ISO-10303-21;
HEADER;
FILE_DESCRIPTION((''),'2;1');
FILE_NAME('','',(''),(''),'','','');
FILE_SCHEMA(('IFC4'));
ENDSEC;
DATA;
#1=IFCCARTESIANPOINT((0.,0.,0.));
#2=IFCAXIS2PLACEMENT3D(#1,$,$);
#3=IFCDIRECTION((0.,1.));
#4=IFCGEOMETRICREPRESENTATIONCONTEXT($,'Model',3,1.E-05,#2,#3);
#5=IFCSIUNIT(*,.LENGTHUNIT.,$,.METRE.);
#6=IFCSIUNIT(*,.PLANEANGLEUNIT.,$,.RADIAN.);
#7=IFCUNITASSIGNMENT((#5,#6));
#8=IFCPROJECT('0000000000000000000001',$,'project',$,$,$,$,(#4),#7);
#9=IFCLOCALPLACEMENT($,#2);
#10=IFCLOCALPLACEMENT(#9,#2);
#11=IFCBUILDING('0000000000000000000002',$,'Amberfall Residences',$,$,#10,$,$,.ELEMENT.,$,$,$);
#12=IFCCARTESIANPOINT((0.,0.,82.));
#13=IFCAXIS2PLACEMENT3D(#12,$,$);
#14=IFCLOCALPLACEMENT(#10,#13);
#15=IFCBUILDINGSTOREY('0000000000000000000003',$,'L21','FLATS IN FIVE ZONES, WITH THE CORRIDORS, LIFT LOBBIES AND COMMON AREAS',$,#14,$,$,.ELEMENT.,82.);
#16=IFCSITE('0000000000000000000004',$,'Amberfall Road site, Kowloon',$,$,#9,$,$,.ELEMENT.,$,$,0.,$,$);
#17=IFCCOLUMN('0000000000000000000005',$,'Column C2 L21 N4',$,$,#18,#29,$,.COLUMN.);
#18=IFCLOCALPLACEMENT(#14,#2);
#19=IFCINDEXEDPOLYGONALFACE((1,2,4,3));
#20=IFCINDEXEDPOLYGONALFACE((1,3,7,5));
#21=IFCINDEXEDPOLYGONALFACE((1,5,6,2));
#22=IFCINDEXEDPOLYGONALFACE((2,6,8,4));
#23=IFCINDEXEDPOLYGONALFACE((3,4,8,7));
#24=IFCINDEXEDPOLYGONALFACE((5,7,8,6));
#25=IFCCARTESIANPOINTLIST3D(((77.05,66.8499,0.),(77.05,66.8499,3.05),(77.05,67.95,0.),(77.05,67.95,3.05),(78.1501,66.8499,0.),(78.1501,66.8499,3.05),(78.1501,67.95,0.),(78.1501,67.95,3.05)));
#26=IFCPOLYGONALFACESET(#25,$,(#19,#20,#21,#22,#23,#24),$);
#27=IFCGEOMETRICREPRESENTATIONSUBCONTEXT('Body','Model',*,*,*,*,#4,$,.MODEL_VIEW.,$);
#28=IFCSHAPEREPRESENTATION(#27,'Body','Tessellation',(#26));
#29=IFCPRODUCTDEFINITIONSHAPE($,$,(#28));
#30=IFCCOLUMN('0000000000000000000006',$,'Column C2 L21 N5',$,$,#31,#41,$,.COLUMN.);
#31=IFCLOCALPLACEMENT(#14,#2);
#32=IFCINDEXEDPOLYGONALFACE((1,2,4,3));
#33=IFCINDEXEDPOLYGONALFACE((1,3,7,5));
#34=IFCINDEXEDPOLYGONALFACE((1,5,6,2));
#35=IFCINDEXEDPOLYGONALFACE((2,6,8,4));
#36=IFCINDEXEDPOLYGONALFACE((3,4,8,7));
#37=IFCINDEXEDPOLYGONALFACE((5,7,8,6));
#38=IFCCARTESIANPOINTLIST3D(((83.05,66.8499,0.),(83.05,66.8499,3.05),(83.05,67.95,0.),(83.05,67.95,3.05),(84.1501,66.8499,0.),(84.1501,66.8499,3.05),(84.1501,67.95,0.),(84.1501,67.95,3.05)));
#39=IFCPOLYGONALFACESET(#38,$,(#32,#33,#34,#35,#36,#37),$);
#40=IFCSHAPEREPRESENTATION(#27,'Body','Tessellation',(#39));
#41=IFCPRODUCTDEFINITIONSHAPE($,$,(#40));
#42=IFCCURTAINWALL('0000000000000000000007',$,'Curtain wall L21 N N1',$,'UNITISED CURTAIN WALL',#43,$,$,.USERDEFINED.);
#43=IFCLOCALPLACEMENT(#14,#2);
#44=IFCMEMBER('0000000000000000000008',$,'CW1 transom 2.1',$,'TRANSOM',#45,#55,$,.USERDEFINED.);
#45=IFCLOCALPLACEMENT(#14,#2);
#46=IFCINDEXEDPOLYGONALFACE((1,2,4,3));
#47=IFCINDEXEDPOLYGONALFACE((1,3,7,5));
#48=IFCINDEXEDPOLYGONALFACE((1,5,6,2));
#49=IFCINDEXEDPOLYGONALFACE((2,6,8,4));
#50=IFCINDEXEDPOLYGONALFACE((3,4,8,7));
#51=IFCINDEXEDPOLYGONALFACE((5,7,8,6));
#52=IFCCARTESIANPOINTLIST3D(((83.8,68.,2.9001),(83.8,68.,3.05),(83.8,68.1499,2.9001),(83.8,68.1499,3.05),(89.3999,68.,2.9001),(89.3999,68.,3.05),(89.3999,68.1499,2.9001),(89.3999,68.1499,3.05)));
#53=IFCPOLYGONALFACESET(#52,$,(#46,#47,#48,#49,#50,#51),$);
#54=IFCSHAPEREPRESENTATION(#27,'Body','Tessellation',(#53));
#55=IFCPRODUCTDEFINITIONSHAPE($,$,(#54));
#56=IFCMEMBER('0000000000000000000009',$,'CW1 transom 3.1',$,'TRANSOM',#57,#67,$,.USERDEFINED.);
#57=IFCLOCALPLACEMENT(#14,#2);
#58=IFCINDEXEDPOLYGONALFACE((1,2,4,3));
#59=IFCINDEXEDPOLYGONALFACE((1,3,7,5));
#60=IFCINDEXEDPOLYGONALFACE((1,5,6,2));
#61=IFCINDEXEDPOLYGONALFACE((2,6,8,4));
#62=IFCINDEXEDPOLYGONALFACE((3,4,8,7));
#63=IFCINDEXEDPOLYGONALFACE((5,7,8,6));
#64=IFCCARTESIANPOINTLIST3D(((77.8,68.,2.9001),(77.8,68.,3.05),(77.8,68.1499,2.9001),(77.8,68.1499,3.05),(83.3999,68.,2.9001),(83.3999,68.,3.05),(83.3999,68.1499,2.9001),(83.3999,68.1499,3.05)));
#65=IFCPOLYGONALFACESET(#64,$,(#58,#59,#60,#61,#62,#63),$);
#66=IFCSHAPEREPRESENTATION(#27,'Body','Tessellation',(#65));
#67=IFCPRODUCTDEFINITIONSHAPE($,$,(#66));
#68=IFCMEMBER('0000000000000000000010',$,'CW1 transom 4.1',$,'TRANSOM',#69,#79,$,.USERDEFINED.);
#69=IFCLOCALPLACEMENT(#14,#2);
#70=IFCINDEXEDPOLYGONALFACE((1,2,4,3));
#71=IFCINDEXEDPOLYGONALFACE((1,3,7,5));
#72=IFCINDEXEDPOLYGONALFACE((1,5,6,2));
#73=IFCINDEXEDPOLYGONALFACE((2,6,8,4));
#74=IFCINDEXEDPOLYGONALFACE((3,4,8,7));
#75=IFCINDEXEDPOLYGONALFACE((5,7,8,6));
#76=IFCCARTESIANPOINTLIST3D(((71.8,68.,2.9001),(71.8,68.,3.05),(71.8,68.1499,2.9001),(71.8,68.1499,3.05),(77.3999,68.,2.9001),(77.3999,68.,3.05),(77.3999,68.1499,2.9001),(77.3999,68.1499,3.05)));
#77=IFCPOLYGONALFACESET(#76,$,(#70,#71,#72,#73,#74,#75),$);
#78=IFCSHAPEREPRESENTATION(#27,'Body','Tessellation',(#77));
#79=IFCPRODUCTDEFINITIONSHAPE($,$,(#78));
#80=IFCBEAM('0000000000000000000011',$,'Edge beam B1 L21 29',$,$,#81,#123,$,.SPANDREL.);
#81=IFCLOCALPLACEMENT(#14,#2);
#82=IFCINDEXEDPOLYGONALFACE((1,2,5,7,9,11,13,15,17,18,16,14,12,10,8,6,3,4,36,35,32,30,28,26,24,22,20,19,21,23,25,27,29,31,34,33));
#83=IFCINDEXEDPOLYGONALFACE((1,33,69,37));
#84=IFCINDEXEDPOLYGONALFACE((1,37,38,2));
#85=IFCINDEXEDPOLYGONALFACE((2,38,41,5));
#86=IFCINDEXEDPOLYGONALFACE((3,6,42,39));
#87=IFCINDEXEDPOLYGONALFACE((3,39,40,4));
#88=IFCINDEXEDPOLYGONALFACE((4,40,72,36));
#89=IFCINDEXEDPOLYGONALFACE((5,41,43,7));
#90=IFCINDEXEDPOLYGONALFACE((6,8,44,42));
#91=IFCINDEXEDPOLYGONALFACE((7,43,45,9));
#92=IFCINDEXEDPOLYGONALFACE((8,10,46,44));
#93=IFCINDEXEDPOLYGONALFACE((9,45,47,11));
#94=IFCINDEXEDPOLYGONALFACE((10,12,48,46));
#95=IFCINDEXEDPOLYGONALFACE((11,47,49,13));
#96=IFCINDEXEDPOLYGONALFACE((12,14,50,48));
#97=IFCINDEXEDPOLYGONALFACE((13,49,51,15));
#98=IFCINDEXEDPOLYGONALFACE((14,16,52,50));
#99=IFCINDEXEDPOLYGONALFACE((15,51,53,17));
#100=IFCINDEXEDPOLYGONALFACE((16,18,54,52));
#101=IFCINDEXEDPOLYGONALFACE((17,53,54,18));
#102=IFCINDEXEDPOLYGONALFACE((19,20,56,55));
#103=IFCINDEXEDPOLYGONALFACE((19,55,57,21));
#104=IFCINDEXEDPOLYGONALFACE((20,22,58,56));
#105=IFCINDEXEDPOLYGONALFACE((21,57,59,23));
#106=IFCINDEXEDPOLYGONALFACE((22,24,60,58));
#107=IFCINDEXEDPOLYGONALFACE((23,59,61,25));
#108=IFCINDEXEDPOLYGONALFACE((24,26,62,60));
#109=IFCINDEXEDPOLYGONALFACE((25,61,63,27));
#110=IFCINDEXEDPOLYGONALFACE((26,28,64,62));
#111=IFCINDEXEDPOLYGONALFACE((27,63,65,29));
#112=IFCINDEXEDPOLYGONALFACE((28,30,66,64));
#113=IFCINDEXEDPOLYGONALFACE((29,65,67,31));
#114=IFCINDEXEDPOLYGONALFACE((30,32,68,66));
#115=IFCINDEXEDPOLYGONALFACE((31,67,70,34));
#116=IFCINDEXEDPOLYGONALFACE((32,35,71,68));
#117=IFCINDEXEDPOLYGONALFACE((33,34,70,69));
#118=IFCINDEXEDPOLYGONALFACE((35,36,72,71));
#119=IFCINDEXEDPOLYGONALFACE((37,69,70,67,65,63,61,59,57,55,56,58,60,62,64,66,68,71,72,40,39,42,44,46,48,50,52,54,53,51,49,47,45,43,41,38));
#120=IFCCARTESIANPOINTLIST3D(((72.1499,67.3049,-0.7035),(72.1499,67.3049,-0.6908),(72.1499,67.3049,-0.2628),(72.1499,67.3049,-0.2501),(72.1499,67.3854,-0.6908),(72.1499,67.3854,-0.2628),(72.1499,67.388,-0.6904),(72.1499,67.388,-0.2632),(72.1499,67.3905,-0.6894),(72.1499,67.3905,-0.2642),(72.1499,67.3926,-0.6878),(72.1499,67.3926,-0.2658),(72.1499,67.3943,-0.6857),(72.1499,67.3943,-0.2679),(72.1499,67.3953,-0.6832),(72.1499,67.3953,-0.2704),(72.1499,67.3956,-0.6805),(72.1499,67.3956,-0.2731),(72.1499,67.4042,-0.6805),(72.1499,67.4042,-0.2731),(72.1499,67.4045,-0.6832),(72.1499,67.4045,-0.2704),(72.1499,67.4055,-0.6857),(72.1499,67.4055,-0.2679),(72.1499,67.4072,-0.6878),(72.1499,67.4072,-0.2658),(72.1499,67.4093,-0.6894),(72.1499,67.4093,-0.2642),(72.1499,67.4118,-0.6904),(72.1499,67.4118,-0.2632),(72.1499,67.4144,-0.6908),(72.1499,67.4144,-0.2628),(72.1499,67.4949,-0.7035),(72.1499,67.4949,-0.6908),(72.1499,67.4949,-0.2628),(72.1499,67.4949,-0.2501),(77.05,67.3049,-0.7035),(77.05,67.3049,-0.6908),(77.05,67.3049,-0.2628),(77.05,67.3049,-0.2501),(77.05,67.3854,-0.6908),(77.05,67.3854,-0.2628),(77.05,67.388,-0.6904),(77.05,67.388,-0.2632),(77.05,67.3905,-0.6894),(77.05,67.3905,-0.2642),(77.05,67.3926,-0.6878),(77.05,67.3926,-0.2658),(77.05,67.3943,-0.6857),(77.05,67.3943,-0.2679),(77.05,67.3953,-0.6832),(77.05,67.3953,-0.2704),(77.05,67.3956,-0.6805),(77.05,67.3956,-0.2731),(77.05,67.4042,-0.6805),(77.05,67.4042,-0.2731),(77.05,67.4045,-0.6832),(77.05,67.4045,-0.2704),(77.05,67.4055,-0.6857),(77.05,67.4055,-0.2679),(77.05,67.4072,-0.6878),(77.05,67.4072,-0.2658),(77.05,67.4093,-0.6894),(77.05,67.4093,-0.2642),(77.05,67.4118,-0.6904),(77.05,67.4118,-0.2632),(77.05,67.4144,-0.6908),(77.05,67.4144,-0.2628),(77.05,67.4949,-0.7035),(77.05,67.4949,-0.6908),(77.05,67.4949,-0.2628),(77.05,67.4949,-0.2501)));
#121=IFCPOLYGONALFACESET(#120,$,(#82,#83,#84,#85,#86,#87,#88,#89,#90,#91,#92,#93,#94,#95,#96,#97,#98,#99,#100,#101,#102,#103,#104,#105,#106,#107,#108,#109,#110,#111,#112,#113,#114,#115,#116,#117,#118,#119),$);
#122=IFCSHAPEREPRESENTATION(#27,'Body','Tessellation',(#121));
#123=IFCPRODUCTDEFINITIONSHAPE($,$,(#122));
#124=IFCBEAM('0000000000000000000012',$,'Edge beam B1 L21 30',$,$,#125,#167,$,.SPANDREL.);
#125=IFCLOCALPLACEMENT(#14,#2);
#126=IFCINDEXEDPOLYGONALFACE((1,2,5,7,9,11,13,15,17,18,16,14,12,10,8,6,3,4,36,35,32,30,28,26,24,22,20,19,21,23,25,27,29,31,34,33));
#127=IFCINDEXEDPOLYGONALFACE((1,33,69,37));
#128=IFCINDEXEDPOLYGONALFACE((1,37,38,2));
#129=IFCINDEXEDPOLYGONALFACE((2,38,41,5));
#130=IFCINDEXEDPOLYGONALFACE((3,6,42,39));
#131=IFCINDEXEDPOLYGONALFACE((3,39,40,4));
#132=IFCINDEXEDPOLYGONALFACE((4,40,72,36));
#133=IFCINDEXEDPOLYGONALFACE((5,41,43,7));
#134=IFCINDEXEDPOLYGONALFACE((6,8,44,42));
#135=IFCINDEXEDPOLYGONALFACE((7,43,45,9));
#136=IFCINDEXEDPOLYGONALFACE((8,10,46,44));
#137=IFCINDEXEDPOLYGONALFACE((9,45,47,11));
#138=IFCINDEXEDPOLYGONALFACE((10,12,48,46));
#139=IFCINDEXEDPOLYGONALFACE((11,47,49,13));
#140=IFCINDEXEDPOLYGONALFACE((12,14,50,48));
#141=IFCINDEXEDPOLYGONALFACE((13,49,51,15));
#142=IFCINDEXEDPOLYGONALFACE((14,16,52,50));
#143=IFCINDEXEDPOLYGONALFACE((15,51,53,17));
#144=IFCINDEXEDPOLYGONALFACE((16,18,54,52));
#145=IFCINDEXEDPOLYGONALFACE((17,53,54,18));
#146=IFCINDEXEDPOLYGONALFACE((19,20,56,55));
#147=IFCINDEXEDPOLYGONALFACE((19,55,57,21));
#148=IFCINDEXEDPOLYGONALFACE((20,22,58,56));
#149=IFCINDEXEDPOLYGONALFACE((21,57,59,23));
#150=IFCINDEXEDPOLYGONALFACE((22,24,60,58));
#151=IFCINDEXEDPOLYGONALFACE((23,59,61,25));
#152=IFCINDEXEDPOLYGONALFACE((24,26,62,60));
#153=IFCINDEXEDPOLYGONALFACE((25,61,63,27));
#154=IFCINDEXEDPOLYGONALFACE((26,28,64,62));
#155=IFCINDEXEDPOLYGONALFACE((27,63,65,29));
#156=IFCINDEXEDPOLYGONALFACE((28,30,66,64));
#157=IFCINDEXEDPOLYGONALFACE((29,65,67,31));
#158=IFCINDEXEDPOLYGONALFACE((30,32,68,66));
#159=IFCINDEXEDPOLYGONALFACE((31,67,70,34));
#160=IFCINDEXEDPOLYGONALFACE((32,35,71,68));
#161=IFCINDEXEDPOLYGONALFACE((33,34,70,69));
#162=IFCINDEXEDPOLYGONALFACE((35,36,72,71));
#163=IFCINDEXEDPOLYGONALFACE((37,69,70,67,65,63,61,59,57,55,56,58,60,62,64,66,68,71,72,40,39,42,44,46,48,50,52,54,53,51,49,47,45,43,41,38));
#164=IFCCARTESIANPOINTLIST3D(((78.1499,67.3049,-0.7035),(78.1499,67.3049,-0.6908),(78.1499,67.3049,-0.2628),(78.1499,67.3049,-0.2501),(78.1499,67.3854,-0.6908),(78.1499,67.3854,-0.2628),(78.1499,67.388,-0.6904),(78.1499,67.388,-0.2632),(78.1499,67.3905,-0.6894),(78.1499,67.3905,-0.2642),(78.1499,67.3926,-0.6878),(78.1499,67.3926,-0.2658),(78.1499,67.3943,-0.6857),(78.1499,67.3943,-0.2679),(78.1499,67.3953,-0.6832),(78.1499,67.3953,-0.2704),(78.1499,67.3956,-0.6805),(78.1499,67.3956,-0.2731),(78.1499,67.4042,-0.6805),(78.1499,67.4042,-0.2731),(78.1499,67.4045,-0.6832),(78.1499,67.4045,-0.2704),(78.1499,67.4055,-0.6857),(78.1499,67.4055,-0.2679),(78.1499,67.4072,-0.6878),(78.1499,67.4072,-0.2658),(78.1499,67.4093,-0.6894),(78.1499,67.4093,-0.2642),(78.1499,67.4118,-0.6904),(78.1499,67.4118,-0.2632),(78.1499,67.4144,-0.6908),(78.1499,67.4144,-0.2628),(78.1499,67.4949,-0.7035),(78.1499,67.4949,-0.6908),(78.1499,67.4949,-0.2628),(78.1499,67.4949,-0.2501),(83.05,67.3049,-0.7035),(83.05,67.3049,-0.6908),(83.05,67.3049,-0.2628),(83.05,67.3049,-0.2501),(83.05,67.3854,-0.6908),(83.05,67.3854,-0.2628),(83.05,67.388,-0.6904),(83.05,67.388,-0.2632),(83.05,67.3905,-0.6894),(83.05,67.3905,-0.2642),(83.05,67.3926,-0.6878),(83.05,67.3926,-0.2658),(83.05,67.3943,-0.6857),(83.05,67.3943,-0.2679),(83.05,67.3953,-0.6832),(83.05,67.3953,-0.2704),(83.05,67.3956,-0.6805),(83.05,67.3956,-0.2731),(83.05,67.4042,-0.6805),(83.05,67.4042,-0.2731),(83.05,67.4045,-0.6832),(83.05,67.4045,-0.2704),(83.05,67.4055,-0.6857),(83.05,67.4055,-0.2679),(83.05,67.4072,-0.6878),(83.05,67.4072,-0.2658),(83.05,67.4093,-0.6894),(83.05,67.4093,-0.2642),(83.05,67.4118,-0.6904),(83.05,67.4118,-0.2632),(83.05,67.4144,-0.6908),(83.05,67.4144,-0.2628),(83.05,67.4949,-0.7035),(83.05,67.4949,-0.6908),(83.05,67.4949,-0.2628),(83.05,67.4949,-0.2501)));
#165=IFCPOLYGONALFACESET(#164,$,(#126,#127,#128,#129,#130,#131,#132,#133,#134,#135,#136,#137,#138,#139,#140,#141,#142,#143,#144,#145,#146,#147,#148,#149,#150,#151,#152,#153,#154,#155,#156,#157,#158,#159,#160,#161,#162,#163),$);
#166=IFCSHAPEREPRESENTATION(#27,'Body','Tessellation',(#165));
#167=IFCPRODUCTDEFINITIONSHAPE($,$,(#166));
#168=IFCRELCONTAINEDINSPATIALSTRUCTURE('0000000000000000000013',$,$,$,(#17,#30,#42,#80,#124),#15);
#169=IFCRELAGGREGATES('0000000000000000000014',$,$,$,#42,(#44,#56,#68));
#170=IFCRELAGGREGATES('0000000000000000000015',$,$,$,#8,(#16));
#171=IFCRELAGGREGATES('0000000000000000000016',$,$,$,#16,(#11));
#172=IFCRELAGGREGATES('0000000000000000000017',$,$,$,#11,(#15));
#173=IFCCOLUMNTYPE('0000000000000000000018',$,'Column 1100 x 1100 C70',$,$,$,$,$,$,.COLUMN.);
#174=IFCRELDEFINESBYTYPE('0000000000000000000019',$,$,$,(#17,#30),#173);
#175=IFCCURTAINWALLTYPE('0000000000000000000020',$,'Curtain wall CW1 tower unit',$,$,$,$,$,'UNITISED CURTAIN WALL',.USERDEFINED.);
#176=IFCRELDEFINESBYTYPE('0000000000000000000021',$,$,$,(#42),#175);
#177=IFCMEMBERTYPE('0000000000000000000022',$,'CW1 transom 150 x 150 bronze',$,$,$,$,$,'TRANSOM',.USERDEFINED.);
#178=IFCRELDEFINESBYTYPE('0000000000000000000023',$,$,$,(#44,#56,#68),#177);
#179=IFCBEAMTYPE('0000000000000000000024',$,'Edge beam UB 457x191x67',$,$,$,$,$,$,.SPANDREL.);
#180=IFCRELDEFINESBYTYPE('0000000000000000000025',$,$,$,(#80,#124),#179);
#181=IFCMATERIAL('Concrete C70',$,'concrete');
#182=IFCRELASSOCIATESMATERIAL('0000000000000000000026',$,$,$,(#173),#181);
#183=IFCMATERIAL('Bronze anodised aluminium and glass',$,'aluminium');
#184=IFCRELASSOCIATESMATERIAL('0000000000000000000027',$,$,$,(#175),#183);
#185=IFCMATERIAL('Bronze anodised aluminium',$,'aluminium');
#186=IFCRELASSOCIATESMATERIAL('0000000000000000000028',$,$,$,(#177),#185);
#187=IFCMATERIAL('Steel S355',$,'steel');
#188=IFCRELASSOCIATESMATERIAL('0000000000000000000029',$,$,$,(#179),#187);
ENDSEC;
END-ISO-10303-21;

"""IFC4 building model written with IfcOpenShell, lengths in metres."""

from ifc_helpers import new_model, si_unit, direction, frame, origin, origin_2d, place, context, subcontext, project, spatial, rectangle, i_section, extrude, material, material_profile, profile_set, type_object, element, aggregate, save


model = new_model("IFC4")

# Units and contexts
model_context = context("Model", 3, precision=1e-05, world=origin(), true_north=direction((0.0, 1.0)))
body_context = subcontext(model_context, "Body", "Model", "MODEL_VIEW")
ifc_project = project(units=[si_unit("LENGTHUNIT", "METRE"), si_unit("PLANEANGLEUNIT", "RADIAN")], contexts=[model_context])

# Site, building, storey
site_placement = place(None, origin())
site = spatial("IfcSite", under=ifc_project, at=site_placement, Name="Amberfall Road site, Kowloon", CompositionType="ELEMENT", RefElevation=0.0)
building_placement = place(site_placement, origin())
building = spatial("IfcBuilding", under=site, at=building_placement, Name="Amberfall Residences", CompositionType="ELEMENT")
storey_placement = place(building_placement, frame((0.0, 0.0, 82.0)))
storey = spatial("IfcBuildingStorey", under=building, at=storey_placement, Name="L21", Description="FLATS IN FIVE ZONES, WITH THE CORRIDORS, LIFT LOBBIES AND COMMON AREAS", CompositionType="ELEMENT", Elevation=82.0)

# Columns
ifc_material_1 = material(Name="Concrete C70", Category="concrete")
ifc_material_profile_1 = material_profile(ifc_material_1, rectangle(XDim=1.1001, YDim=1.1001, at=origin_2d()), Name="Column 1100 x 1100 C70")
ifc_profile_set_1 = profile_set([ifc_material_profile_1], Name="Concrete C70")
column_type = type_object("IfcColumnType", Name="Column 1100 x 1100 C70", PredefinedType="COLUMN", material=ifc_profile_set_1)
for number, where, z_axis, x_axis, name in (
    (1, (77.6001, 67.3999, 0.0), (0.0, 0.0, 1.0), (1.0, 0.0, 0.0), "Column C2 L21 N4"),
    (2, (83.6001, 67.3999, 0.0), (0.0, 0.0, 1.0), (1.0, 0.0, 0.0), "Column C2 L21 N5"),
):
    element("IfcColumn", number, at=place(storey_placement, frame(where, z_axis=z_axis, x_axis=x_axis)), inside=storey, type_object=column_type, Name=name, PredefinedType="COLUMN", context=body_context, shape_type="SweptSolid", body=[
        extrude(rectangle(XDim=1.1001, YDim=1.1001, at=origin_2d()), origin(), (0.0, 0.0, 1.0), 3.05),
    ])

# Curtain wall, members
ifc_material_2 = material(Name="Bronze anodised aluminium and glass", Category="aluminium")
curtain_wall_type = type_object("IfcCurtainWallType", Name="Curtain wall CW1 tower unit", ElementType="UNITISED CURTAIN WALL", PredefinedType="USERDEFINED", material=ifc_material_2)
curtain_wall_placement = place(storey_placement, origin())
curtain_wall = element("IfcCurtainWall", 3, at=curtain_wall_placement, inside=storey, type_object=curtain_wall_type, Name="Curtain wall L21 N N1", ObjectType="UNITISED CURTAIN WALL", PredefinedType="USERDEFINED")
ifc_material_3 = material(Name="Bronze anodised aluminium", Category="aluminium")
ifc_material_profile_2 = material_profile(ifc_material_3, rectangle(XDim=0.1499, YDim=0.1499, at=origin_2d()), Name="CW1 transom 150 x 150 bronze")
ifc_profile_set_2 = profile_set([ifc_material_profile_2], Name="Bronze anodised aluminium")
member_type_1 = type_object("IfcMemberType", Name="CW1 transom 150 x 150 bronze", ElementType="TRANSOM", PredefinedType="USERDEFINED", material=ifc_profile_set_2)
member_1_placement = place(storey_placement, frame((89.3999, 68.075, 2.9751), z_axis=(-1.0, 0.0, 0.0), x_axis=(0.0, -1.0, 0.0)))
member_1 = element("IfcMember", 4, at=member_1_placement, type_object=member_type_1, Name="CW1 transom 2.1", ObjectType="TRANSOM", PredefinedType="USERDEFINED", context=body_context, shape_type="SweptSolid", body=[
    extrude(rectangle(XDim=0.1499, YDim=0.1499, at=origin_2d()), origin(), (0.0, 0.0, 1.0), 5.5999),
])
member_2_placement = place(storey_placement, frame((83.3999, 68.075, 2.9751), z_axis=(-1.0, 0.0, 0.0), x_axis=(0.0, -1.0, 0.0)))
member_2 = element("IfcMember", 5, at=member_2_placement, type_object=member_type_1, Name="CW1 transom 3.1", ObjectType="TRANSOM", PredefinedType="USERDEFINED", context=body_context, shape_type="SweptSolid", body=[
    extrude(rectangle(XDim=0.1499, YDim=0.1499, at=origin_2d()), origin(), (0.0, 0.0, 1.0), 5.5999),
])
member_3_placement = place(storey_placement, frame((77.3999, 68.075, 2.9751), z_axis=(-1.0, 0.0, 0.0), x_axis=(0.0, -1.0, 0.0)))
member_3 = element("IfcMember", 6, at=member_3_placement, type_object=member_type_1, Name="CW1 transom 4.1", ObjectType="TRANSOM", PredefinedType="USERDEFINED", context=body_context, shape_type="SweptSolid", body=[
    extrude(rectangle(XDim=0.1499, YDim=0.1499, at=origin_2d()), origin(), (0.0, 0.0, 1.0), 5.5999),
])

# Beams
ifc_material_4 = material(Name="Steel S355", Category="steel")
ifc_material_profile_3 = material_profile(ifc_material_4, i_section(OverallWidth=0.1899, OverallDepth=0.4534, WebThickness=0.0085, FlangeThickness=0.0127, FilletRadius=0.0103, at=origin_2d()), Name="UB 457x191x67")
ifc_profile_set_3 = profile_set([ifc_material_profile_3], Name="Steel S355")
beam_type_1 = type_object("IfcBeamType", Name="Edge beam UB 457x191x67", PredefinedType="SPANDREL", material=ifc_profile_set_3)
for number, where, z_axis, x_axis, name in (
    (7, (72.1499, 67.3999, -0.4768), (1.0, 0.0, 0.0), (0.0, 1.0, 0.0), "Edge beam B1 L21 29"),
    (8, (78.1499, 67.3999, -0.4768), (1.0, 0.0, 0.0), (0.0, 1.0, 0.0), "Edge beam B1 L21 30"),
):
    element("IfcBeam", number, at=place(storey_placement, frame(where, z_axis=z_axis, x_axis=x_axis)), inside=storey, type_object=beam_type_1, Name=name, PredefinedType="SPANDREL", context=body_context, shape_type="SweptSolid", body=[
        extrude(i_section(OverallWidth=0.1899, OverallDepth=0.4534, WebThickness=0.0085, FlangeThickness=0.0127, FilletRadius=0.0103, at=origin_2d()), origin(), (0.0, 0.0, 1.0), 4.9001),
    ])

aggregate(curtain_wall, [member_1, member_2, member_3])

save(model, "model.ifc")
